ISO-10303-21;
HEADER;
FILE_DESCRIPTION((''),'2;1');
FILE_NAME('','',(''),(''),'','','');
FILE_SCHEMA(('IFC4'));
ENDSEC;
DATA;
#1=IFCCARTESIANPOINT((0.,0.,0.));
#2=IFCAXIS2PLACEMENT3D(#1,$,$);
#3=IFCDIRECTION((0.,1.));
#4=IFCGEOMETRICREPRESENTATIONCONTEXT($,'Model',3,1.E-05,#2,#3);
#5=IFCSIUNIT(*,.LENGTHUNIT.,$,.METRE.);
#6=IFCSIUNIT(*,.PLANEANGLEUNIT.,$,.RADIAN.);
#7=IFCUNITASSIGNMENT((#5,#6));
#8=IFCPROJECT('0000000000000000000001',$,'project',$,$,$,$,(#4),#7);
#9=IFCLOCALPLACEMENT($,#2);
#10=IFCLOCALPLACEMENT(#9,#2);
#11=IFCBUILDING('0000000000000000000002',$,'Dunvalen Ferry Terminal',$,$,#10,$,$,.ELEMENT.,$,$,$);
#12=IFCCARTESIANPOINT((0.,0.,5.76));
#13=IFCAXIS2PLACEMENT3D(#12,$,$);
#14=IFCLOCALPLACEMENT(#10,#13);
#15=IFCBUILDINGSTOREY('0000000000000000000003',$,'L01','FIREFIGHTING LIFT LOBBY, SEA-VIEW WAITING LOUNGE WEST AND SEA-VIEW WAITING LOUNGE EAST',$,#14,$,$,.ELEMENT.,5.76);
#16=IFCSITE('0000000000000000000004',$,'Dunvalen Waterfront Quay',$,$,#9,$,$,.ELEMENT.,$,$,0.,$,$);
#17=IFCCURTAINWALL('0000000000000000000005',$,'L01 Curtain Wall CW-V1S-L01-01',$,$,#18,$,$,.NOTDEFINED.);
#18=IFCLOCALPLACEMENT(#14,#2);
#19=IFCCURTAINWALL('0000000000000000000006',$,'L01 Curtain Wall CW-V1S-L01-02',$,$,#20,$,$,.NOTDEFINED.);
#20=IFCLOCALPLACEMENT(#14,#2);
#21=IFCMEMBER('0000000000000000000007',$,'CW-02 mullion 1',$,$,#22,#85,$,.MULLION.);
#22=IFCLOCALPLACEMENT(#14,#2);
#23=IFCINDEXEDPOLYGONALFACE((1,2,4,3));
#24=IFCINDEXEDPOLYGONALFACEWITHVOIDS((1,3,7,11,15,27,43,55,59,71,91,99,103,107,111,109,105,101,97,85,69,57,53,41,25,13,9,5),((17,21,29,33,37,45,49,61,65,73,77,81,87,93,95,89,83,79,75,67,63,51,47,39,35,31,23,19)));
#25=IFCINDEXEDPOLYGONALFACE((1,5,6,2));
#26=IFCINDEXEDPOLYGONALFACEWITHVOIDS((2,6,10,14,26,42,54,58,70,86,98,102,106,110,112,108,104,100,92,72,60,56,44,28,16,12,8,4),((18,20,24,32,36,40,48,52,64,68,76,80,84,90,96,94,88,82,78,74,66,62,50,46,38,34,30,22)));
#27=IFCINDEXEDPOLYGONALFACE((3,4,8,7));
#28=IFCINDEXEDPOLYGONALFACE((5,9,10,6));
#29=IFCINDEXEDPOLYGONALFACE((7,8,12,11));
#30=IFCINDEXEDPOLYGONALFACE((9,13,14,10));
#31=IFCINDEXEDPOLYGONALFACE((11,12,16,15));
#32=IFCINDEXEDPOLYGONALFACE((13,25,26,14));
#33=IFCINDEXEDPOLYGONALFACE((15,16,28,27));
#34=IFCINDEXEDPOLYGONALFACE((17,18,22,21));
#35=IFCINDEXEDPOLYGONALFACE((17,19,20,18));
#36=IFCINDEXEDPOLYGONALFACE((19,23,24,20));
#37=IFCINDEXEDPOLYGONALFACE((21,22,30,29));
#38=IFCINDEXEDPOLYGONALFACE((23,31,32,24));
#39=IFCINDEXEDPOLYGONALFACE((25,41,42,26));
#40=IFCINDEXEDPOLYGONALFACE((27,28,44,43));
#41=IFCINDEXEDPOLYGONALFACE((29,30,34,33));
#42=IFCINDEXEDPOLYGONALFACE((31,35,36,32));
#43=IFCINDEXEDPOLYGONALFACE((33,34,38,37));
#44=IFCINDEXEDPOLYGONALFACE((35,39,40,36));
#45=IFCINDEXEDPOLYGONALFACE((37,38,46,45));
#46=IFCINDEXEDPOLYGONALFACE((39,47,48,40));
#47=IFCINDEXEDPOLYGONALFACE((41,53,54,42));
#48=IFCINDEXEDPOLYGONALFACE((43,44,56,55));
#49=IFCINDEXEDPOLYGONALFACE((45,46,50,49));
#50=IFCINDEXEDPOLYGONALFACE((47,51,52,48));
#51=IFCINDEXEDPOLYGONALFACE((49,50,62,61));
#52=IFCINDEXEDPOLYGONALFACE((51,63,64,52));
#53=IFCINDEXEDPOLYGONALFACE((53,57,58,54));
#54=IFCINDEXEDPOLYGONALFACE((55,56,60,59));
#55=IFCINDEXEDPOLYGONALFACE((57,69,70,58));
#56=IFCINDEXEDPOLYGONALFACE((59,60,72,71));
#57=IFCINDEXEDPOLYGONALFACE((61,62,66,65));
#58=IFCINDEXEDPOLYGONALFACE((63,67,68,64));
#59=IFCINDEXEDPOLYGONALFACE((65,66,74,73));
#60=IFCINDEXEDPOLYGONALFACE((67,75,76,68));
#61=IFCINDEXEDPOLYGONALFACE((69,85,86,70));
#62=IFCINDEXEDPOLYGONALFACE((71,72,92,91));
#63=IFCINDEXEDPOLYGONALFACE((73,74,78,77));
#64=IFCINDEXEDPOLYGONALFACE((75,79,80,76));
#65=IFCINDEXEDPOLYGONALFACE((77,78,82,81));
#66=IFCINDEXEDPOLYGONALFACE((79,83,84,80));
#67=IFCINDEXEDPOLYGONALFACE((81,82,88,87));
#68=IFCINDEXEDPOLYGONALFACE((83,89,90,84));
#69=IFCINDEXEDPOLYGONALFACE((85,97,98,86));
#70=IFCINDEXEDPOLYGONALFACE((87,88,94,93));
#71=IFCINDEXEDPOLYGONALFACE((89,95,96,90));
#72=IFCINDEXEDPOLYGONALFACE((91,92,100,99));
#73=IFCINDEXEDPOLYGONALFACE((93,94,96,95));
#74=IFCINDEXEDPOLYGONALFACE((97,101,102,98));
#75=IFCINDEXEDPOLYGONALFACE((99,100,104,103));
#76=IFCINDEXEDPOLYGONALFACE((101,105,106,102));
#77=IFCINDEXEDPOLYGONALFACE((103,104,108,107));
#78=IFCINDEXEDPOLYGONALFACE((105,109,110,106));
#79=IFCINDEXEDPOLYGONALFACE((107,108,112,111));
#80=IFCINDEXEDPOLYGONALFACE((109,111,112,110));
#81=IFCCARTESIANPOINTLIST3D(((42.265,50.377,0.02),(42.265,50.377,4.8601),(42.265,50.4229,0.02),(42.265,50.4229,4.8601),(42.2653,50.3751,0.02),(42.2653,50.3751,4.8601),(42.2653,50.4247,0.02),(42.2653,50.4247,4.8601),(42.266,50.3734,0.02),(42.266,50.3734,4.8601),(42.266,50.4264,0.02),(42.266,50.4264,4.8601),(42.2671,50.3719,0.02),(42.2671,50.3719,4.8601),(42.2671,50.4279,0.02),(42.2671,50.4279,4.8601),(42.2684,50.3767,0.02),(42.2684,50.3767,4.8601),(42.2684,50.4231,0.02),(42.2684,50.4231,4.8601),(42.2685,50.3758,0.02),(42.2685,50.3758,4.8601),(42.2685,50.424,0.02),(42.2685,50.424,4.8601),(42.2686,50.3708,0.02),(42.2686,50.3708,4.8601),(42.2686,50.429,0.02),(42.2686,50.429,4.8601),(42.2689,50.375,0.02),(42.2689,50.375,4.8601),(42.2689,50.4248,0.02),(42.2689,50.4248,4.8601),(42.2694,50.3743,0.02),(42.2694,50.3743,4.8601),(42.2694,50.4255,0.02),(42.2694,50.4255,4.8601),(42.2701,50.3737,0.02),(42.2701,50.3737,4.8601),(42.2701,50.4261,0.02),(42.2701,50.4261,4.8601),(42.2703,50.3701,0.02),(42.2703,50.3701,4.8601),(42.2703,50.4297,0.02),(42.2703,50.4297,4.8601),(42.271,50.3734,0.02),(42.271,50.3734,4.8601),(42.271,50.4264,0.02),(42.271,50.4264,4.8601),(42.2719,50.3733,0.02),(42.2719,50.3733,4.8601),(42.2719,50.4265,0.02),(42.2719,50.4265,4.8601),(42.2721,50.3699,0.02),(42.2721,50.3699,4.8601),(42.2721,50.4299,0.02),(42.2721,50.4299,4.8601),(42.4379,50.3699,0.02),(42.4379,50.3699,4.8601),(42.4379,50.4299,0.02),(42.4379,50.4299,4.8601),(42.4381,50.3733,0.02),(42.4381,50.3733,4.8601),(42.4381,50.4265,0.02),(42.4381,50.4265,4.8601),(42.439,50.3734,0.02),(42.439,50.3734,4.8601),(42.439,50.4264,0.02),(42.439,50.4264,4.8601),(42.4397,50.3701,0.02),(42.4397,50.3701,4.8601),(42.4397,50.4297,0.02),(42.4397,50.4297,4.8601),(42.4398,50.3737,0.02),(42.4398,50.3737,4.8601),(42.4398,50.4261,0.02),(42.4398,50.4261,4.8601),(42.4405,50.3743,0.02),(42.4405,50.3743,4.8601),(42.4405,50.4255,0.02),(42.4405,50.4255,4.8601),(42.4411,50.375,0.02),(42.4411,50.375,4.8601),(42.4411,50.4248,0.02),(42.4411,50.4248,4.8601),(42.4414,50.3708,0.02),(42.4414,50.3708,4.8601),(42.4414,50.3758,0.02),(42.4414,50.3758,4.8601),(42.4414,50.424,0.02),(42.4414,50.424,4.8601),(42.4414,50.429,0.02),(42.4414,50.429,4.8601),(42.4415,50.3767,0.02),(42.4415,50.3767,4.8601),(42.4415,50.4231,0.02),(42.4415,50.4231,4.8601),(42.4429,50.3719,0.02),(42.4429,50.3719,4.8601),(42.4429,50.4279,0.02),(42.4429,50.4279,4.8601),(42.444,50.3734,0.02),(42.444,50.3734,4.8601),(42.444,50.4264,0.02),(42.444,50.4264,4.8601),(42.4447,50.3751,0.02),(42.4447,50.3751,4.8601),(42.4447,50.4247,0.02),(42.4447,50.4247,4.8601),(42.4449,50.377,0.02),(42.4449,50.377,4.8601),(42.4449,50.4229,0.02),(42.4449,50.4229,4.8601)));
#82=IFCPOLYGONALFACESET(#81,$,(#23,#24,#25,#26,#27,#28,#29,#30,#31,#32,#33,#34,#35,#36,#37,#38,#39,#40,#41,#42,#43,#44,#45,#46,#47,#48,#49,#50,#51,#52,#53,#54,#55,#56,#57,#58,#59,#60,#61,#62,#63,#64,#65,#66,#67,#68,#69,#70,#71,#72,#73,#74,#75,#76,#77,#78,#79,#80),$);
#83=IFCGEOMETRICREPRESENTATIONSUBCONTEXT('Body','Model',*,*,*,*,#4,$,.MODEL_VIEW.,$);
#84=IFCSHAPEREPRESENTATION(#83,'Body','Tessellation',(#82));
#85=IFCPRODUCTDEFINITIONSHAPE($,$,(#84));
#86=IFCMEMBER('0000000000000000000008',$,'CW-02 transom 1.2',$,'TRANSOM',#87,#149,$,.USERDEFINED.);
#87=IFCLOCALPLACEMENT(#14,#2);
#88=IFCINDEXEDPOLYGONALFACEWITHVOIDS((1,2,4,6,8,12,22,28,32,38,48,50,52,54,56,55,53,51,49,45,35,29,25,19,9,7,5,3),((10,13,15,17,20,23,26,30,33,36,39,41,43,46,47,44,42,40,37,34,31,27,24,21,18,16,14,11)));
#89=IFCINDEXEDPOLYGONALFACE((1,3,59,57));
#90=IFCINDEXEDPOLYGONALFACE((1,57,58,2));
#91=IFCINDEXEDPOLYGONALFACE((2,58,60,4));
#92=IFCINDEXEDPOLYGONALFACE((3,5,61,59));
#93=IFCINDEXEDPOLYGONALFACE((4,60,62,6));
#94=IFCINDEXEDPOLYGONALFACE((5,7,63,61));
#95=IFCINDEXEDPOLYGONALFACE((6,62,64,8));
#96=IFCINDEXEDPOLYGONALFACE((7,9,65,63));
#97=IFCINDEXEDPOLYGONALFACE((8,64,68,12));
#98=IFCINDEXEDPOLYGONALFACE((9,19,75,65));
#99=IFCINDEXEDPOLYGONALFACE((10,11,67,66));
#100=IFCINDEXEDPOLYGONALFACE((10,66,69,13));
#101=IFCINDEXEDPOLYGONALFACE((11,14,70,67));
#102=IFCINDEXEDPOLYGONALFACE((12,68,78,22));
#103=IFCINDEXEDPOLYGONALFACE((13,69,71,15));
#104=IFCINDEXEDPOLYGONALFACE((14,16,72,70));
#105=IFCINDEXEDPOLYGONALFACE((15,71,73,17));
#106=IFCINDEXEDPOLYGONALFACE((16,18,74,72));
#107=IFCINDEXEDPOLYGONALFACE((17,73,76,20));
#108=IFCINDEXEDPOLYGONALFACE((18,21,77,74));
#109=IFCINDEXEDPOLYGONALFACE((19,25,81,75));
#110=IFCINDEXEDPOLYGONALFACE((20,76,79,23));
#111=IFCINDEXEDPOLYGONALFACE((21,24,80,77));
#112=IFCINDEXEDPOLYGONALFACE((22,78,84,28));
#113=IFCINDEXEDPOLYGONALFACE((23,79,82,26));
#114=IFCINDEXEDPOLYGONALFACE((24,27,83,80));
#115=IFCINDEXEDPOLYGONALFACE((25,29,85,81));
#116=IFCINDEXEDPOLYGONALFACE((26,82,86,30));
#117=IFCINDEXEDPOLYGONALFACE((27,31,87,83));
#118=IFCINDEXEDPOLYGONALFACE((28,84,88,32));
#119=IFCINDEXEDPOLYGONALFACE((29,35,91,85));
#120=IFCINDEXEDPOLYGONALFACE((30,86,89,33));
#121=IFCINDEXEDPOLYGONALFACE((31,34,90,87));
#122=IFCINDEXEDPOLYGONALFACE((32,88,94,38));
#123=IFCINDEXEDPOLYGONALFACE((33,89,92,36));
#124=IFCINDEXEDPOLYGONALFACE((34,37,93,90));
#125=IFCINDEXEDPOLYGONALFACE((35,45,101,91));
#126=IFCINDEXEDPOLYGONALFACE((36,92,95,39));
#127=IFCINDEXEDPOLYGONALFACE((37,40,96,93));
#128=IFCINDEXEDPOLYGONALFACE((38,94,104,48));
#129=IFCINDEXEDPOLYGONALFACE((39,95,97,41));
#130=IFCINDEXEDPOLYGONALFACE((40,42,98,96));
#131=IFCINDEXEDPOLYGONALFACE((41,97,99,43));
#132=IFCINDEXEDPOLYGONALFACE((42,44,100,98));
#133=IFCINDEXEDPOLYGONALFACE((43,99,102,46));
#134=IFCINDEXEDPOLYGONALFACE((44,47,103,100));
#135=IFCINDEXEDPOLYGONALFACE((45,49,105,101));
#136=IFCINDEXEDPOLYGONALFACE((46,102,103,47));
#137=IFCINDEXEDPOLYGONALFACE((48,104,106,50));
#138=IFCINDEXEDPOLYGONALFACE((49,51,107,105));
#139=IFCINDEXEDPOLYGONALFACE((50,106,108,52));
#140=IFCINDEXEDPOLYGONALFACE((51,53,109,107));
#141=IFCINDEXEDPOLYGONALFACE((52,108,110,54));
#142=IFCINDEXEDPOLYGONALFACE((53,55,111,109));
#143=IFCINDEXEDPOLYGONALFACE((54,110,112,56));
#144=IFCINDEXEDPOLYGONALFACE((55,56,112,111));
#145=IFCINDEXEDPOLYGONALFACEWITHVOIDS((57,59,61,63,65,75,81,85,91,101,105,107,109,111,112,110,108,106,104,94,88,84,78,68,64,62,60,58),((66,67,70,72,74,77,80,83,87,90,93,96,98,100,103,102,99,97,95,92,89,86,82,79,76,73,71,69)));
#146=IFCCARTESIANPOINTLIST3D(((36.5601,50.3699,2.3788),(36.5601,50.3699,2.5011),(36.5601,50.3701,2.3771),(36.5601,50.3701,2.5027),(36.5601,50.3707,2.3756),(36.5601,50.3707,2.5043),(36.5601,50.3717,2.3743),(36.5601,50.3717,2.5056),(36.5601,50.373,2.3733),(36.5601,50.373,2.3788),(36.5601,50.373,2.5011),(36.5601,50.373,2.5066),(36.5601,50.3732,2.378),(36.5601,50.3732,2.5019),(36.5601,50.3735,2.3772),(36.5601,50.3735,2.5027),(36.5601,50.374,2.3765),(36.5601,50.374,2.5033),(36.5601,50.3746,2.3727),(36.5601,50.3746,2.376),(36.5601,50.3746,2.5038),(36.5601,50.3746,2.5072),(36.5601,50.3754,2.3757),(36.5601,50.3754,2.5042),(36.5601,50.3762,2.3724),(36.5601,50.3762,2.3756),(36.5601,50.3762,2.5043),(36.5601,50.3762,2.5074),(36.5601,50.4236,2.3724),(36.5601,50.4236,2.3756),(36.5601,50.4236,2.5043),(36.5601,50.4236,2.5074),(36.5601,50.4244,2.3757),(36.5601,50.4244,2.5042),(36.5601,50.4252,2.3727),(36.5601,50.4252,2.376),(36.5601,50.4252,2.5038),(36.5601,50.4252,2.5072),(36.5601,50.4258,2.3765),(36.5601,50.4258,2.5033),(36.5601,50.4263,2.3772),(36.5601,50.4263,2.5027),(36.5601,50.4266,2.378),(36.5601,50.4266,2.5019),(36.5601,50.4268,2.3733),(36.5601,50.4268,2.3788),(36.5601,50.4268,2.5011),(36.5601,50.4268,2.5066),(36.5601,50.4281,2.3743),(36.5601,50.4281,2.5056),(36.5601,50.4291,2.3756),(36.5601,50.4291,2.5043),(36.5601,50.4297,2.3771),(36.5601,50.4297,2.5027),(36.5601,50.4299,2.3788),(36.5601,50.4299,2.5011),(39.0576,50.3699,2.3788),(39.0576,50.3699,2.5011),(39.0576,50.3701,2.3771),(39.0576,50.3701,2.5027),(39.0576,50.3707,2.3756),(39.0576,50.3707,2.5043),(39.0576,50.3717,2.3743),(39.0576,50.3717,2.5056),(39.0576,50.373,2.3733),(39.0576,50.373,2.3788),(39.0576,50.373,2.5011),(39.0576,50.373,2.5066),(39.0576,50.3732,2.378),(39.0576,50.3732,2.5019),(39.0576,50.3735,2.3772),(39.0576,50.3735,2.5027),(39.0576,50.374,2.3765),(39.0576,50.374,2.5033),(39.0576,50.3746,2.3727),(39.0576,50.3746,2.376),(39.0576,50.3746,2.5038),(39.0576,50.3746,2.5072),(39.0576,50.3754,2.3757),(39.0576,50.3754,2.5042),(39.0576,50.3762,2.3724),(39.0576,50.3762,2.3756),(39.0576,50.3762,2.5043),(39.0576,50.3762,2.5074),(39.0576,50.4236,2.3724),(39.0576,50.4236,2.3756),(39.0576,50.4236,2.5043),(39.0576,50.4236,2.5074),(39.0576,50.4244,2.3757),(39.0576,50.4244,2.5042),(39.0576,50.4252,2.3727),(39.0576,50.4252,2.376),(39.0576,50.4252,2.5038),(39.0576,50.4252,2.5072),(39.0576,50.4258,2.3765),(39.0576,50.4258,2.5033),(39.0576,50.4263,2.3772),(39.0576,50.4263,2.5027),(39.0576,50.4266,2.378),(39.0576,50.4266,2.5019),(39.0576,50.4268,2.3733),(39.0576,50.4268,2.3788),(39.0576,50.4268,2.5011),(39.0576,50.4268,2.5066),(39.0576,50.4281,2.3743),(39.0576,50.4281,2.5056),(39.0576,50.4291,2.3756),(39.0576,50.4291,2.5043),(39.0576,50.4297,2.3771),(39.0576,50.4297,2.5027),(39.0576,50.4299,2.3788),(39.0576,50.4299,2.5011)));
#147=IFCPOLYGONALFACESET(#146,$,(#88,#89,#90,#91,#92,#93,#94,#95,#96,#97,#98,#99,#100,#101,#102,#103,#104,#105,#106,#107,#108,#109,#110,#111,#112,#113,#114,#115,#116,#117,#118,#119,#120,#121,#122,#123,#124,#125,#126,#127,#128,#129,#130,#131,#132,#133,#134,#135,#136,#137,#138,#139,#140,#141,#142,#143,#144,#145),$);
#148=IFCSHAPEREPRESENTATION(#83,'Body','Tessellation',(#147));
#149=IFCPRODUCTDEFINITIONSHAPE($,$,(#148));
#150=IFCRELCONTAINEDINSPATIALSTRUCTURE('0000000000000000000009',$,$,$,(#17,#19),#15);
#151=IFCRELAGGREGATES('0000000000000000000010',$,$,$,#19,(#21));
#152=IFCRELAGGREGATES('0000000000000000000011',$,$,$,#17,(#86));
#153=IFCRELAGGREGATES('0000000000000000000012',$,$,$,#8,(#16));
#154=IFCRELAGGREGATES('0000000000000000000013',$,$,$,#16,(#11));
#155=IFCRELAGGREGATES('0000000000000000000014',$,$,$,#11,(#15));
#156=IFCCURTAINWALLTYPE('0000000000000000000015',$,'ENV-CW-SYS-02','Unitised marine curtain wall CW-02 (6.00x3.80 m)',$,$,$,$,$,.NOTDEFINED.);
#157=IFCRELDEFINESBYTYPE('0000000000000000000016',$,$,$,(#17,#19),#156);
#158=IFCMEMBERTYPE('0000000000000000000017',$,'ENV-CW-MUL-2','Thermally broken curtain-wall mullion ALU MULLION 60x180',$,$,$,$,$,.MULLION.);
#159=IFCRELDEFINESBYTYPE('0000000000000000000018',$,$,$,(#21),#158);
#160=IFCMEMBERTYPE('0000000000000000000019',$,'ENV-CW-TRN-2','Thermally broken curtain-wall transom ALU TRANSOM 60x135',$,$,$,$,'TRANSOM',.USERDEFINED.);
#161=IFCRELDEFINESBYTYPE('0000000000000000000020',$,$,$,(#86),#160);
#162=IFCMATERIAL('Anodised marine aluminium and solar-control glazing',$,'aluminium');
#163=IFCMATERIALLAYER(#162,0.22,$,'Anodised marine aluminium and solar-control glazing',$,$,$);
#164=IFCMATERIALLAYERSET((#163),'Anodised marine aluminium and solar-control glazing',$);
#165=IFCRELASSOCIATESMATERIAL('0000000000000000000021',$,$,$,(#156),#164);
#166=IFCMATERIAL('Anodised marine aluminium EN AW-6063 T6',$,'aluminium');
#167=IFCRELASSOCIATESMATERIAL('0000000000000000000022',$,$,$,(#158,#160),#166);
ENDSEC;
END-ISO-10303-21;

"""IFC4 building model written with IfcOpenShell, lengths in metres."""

from ifc_helpers import new_model, si_unit, direction, frame, origin, origin_2d, place, context, subcontext, project, spatial, hollow_rectangle, extrude, material, layer, layer_set, material_profile, profile_set, type_object, element, aggregate, save


model = new_model("IFC4")

# Units and contexts
model_context = context("Model", 3, precision=1e-05, world=origin(), true_north=direction((0.0, 1.0)))
body_context = subcontext(model_context, "Body", "Model", "MODEL_VIEW")
ifc_project = project(units=[si_unit("LENGTHUNIT", "METRE"), si_unit("PLANEANGLEUNIT", "RADIAN")], contexts=[model_context])

# Site, building, storey
site_placement = place(None, origin())
site = spatial("IfcSite", under=ifc_project, at=site_placement, Name="Dunvalen Waterfront Quay", CompositionType="ELEMENT", RefElevation=0.0)
building_placement = place(site_placement, origin())
building = spatial("IfcBuilding", under=site, at=building_placement, Name="Dunvalen Ferry Terminal", CompositionType="ELEMENT")
storey_placement = place(building_placement, frame((0.0, 0.0, 5.76)))
storey = spatial("IfcBuildingStorey", under=building, at=storey_placement, Name="L01", Description="FIREFIGHTING LIFT LOBBY, SEA-VIEW WAITING LOUNGE WEST AND SEA-VIEW WAITING LOUNGE EAST", CompositionType="ELEMENT", Elevation=5.76)

# Curtain wall
ifc_material_1 = material(Name="Anodised marine aluminium and solar-control glazing", Category="aluminium")
ifc_layer_1 = layer(ifc_material_1, 0.22, Name="Anodised marine aluminium and solar-control glazing")
ifc_layer_set_1 = layer_set([ifc_layer_1], Name="Anodised marine aluminium and solar-control glazing")
curtain_wall_type = type_object("IfcCurtainWallType", Name="ENV-CW-SYS-02", Description="Unitised marine curtain wall CW-02 (6.00x3.80 m)", PredefinedType="NOTDEFINED", material=ifc_layer_set_1)
curtain_wall_1_placement = place(storey_placement, origin())
curtain_wall_1 = element("IfcCurtainWall", 1, at=curtain_wall_1_placement, inside=storey, type_object=curtain_wall_type, Name="L01 Curtain Wall CW-V1S-L01-01", PredefinedType="NOTDEFINED")
ifc_material_2 = material(Name="Anodised marine aluminium EN AW-6063 T6", Category="aluminium")
ifc_material_profile_1 = material_profile(ifc_material_2, hollow_rectangle(XDim=0.0601, YDim=0.1799, WallThickness=0.0034, InnerFilletRadius=0.0034, OuterFilletRadius=0.0071, at=origin_2d()), Name="Anodised marine aluminium EN AW-6063 T6")
ifc_profile_set_1 = profile_set([ifc_material_profile_1], Name="Anodised marine aluminium EN AW-6063 T6")
member_type_1 = type_object("IfcMemberType", Name="ENV-CW-MUL-2", Description="Thermally broken curtain-wall mullion ALU MULLION 60x180", PredefinedType="MULLION", material=ifc_profile_set_1)

# Curtain wall, member
curtain_wall_2_placement = place(storey_placement, origin())
curtain_wall_2 = element("IfcCurtainWall", 2, at=curtain_wall_2_placement, inside=storey, type_object=curtain_wall_type, Name="L01 Curtain Wall CW-V1S-L01-02", PredefinedType="NOTDEFINED")
member_1_placement = place(storey_placement, frame((42.355, 50.3999, 0.02), z_axis=(0.0, 0.0, 1.0), x_axis=(0.0, 1.0, 0.0)))
member_1 = element("IfcMember", 3, at=member_1_placement, type_object=member_type_1, Name="CW-02 mullion 1", PredefinedType="MULLION", context=body_context, shape_type="SweptSolid", body=[
    extrude(hollow_rectangle(XDim=0.0601, YDim=0.1799, WallThickness=0.0034, InnerFilletRadius=0.0034, OuterFilletRadius=0.0071, at=origin_2d()), origin(), (0.0, 0.0, 1.0), 4.8401),
])

# Member
ifc_material_profile_2 = material_profile(ifc_material_2, hollow_rectangle(XDim=0.0601, YDim=0.135, WallThickness=0.0032, InnerFilletRadius=0.0032, OuterFilletRadius=0.0063, at=origin_2d()), Name="Anodised marine aluminium EN AW-6063 T6")
ifc_profile_set_2 = profile_set([ifc_material_profile_2], Name="Anodised marine aluminium EN AW-6063 T6")
member_type_2 = type_object("IfcMemberType", Name="ENV-CW-TRN-2", Description="Thermally broken curtain-wall transom ALU TRANSOM 60x135", ElementType="TRANSOM", PredefinedType="USERDEFINED", material=ifc_profile_set_2)
member_2_placement = place(storey_placement, frame((36.5601, 50.3999, 2.4399), z_axis=(1.0, 0.0, 0.0), x_axis=(0.0, 1.0, 0.0)))
member_2 = element("IfcMember", 4, at=member_2_placement, type_object=member_type_2, Name="CW-02 transom 1.2", ObjectType="TRANSOM", PredefinedType="USERDEFINED", context=body_context, shape_type="SweptSolid", body=[
    extrude(hollow_rectangle(XDim=0.0601, YDim=0.135, WallThickness=0.0032, InnerFilletRadius=0.0032, OuterFilletRadius=0.0063, at=origin_2d()), origin(), (0.0, 0.0, 1.0), 2.4976),
])
aggregate(curtain_wall_2, [member_1])

aggregate(curtain_wall_1, [member_2])

save(model, "model.ifc")
